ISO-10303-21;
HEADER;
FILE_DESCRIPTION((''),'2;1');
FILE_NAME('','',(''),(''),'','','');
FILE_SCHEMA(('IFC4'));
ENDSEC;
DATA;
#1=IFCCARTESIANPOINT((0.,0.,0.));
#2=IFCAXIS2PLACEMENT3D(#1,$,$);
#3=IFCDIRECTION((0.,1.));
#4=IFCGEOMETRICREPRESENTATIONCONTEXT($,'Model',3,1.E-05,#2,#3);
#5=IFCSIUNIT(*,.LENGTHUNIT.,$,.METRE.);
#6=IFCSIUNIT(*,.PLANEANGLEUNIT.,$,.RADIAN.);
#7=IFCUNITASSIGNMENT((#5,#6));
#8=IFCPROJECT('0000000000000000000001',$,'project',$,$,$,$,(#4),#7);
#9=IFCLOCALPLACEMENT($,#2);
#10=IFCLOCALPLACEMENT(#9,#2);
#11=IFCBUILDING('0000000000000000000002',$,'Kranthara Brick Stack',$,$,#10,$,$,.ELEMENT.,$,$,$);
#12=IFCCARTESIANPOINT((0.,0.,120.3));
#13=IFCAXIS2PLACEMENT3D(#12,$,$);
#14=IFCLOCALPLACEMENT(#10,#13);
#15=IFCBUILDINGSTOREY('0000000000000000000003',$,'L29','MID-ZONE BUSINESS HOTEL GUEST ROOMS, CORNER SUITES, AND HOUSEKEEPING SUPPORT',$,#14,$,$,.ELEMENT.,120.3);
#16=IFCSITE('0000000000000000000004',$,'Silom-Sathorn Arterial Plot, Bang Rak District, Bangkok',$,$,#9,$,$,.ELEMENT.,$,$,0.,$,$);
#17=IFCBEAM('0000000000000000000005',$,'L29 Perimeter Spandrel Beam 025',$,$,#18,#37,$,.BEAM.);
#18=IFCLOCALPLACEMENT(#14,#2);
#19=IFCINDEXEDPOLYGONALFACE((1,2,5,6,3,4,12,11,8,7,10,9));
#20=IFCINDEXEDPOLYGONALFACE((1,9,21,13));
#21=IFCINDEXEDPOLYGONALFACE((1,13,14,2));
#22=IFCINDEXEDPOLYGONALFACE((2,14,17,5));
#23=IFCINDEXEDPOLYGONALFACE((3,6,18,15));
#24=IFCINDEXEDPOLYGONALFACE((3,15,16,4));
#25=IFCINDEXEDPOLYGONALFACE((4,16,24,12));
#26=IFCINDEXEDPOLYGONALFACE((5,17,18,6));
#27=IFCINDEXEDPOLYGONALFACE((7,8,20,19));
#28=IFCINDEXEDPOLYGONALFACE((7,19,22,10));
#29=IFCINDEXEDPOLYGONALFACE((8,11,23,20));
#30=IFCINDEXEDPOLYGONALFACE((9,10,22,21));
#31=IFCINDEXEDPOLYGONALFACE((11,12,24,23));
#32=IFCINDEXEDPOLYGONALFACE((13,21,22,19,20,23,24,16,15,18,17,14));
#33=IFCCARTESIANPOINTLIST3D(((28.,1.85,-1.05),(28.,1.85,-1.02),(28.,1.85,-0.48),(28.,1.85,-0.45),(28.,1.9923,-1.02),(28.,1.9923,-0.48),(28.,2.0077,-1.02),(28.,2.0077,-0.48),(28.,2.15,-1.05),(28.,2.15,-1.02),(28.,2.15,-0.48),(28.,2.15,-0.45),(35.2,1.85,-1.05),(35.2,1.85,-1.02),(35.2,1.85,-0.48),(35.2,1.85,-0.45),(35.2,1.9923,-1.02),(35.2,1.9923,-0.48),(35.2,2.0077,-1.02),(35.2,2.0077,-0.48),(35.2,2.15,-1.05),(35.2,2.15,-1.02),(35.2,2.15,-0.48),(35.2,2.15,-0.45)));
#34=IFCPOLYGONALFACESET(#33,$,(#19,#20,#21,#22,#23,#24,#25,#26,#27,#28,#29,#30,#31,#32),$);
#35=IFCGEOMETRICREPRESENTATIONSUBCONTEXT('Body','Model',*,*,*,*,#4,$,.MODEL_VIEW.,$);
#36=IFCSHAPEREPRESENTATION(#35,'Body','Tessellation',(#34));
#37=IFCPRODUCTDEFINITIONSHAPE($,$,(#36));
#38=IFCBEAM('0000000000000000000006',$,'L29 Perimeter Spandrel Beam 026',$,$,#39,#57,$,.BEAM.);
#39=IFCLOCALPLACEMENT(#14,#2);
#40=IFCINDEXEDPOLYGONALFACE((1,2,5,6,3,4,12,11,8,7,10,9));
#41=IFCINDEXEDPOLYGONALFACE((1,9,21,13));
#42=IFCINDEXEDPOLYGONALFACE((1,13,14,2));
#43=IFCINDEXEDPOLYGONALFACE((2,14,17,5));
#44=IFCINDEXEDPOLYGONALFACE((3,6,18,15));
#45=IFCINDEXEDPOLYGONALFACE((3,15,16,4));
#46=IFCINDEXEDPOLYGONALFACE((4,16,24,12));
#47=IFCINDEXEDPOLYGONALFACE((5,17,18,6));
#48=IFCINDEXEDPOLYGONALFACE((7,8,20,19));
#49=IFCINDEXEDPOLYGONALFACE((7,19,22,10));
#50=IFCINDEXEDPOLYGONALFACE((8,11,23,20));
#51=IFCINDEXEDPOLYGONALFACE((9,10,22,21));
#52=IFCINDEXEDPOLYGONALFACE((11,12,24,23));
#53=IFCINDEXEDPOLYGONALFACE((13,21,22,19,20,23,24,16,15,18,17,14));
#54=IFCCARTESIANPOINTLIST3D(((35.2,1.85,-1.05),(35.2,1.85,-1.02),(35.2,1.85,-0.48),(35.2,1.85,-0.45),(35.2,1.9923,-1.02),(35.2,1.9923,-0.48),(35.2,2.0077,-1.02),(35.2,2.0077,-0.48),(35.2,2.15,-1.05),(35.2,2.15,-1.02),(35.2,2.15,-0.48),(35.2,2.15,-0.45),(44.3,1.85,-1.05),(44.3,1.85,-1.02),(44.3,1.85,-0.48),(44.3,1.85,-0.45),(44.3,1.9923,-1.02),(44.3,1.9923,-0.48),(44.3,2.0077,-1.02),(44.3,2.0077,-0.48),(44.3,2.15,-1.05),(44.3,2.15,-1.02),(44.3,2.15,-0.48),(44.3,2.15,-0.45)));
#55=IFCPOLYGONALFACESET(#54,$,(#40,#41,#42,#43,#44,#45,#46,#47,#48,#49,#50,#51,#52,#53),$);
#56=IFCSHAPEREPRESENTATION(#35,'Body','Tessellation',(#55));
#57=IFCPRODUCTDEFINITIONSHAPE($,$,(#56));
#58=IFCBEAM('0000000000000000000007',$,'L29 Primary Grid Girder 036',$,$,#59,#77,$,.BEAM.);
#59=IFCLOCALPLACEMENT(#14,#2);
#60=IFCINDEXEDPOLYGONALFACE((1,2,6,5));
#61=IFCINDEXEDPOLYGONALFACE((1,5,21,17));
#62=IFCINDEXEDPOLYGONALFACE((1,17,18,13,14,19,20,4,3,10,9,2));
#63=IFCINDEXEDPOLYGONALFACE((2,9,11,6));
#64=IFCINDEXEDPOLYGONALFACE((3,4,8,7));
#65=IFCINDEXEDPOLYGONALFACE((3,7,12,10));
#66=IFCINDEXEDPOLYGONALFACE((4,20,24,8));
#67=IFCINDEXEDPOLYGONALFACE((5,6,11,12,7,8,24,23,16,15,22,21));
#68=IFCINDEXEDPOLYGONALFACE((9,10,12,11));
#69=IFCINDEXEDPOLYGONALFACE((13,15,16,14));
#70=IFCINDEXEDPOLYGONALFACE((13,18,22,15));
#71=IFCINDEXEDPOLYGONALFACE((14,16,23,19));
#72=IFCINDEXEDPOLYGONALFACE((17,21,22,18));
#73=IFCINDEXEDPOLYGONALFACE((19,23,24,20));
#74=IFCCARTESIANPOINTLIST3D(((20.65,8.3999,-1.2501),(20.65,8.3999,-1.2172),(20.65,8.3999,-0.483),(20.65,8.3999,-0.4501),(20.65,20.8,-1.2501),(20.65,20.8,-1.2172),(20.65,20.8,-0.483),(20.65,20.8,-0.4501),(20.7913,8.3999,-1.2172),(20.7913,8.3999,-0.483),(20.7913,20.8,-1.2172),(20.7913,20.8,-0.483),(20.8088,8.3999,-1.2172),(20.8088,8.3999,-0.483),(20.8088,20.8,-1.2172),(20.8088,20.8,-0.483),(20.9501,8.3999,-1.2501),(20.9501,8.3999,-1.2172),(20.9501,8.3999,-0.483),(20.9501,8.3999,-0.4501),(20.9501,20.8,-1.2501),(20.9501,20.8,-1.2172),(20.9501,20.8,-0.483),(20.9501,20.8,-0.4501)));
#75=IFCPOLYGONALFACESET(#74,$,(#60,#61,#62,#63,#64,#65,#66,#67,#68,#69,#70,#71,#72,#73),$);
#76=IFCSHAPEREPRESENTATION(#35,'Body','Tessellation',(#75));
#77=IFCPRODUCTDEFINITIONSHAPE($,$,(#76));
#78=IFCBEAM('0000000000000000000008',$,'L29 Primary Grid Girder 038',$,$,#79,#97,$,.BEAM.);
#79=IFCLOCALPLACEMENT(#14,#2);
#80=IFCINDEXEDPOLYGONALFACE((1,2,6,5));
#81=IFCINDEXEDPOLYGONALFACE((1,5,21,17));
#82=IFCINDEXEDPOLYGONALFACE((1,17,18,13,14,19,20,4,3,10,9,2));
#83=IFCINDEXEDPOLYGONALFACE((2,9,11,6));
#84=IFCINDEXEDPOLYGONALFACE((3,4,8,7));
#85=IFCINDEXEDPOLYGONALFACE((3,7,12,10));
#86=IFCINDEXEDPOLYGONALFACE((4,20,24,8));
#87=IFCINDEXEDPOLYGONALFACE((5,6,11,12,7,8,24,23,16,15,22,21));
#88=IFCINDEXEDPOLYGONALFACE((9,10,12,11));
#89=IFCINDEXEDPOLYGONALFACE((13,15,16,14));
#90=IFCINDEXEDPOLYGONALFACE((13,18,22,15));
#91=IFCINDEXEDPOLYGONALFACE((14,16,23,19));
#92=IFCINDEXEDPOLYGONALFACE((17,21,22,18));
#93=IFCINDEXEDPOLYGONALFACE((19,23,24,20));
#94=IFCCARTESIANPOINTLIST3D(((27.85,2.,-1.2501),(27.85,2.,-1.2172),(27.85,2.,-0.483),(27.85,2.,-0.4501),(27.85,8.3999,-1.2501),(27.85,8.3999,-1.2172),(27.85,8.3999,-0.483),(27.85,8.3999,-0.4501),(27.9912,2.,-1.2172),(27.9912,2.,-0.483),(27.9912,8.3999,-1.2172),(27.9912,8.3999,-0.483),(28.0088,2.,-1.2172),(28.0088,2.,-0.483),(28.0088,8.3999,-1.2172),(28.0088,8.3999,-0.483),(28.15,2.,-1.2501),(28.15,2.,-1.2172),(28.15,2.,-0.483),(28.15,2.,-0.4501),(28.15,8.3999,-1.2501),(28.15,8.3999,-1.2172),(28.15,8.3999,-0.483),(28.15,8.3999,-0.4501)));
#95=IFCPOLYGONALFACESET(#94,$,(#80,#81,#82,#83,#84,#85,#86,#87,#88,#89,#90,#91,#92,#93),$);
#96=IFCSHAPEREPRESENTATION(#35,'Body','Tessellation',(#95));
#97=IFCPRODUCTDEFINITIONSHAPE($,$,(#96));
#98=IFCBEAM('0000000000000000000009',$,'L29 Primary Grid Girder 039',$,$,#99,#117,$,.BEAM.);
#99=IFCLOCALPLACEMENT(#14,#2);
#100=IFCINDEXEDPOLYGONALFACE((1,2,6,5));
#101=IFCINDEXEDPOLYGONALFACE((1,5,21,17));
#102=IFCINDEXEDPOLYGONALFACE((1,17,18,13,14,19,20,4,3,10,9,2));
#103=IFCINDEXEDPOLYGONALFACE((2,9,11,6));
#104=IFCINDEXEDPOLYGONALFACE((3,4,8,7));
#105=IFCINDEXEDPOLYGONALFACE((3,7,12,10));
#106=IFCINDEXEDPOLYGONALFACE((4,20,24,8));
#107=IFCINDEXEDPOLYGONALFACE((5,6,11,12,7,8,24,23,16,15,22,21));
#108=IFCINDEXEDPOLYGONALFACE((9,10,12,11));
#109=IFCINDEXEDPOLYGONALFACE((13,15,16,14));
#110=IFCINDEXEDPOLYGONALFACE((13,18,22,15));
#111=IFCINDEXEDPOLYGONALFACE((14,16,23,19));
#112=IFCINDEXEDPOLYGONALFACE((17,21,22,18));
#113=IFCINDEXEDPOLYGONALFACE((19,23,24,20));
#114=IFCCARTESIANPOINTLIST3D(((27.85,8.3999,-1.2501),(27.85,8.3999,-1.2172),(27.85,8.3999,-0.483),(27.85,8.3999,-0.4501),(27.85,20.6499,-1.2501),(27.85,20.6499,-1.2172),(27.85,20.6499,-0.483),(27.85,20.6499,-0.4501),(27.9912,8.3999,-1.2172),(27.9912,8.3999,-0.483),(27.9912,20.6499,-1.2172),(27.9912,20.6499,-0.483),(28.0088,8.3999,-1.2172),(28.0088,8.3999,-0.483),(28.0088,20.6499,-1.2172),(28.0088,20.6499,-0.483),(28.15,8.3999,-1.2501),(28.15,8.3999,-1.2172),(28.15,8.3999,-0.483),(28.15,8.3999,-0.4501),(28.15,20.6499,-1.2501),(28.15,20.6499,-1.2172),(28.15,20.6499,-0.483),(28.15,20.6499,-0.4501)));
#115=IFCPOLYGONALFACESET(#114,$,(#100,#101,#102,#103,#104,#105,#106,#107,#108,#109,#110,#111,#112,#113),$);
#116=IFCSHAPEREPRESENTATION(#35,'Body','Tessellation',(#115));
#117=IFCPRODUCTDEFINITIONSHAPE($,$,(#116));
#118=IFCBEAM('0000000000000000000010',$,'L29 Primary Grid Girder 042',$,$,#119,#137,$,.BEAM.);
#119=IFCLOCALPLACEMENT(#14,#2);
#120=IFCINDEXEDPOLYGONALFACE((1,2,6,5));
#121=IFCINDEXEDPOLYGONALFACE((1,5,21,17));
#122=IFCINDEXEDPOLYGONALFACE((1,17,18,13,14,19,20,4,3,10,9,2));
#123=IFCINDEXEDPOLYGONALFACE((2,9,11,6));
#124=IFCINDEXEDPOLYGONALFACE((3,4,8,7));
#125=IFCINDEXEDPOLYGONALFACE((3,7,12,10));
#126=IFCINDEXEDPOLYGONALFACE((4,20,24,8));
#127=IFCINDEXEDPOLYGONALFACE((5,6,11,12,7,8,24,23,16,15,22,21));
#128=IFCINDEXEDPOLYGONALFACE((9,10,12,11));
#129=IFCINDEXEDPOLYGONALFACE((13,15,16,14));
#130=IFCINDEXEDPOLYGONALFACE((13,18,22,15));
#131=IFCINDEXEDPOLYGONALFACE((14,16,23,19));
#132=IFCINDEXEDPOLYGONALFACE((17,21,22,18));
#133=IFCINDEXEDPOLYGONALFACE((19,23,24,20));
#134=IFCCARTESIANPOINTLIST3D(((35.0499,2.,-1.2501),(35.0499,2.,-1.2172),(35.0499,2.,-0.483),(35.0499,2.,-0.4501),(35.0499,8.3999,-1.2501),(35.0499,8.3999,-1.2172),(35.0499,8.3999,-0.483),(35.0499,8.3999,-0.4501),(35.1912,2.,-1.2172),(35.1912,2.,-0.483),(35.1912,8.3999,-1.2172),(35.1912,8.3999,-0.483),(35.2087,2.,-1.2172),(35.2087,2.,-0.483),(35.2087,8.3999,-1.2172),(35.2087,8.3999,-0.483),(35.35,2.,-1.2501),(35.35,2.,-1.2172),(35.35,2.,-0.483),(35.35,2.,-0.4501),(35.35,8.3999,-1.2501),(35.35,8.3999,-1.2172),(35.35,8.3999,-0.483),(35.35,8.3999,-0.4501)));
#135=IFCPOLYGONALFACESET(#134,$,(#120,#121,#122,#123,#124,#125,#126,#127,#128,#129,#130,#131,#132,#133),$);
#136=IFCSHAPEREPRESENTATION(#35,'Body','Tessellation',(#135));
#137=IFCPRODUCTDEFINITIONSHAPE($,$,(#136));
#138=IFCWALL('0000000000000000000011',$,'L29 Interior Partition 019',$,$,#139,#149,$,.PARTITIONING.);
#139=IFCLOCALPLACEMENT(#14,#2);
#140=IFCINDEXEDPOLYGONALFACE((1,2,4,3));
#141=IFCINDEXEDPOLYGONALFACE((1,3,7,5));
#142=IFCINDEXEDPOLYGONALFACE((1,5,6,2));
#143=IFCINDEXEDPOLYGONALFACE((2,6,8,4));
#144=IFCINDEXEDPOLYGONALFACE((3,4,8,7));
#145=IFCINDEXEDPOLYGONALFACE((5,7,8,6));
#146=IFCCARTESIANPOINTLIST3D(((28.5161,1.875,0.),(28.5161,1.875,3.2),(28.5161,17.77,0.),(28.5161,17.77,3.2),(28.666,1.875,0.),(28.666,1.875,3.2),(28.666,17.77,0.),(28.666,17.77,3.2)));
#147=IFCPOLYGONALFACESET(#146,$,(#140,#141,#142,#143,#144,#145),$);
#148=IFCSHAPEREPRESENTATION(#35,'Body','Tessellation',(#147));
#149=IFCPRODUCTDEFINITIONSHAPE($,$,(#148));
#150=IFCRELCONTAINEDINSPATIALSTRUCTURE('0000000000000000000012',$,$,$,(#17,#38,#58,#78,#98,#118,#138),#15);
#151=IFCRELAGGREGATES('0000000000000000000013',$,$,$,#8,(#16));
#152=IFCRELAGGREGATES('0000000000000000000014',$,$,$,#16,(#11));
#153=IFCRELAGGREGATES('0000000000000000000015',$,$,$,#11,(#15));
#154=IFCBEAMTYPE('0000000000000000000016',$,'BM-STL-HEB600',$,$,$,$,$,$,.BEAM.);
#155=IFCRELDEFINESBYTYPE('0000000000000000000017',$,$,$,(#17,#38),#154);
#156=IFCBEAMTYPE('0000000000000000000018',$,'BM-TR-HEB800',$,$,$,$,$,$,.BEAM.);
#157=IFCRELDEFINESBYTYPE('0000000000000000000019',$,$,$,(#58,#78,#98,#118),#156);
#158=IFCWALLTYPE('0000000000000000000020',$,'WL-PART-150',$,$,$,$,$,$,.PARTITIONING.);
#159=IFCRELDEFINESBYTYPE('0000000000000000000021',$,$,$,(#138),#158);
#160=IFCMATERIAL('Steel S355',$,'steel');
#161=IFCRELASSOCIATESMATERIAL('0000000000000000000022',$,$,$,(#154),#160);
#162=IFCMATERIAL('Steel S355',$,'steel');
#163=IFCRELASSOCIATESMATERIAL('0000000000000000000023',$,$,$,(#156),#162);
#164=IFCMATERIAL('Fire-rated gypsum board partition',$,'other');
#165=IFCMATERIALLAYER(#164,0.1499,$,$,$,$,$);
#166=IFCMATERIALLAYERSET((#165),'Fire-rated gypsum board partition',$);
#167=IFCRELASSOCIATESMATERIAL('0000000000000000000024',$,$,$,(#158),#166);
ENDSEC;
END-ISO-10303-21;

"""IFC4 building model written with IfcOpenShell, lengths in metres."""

from ifc_helpers import new_model, si_unit, direction, frame, frame_2d, origin, origin_2d, place, context, subcontext, project, spatial, rectangle, i_section, extrude, material, layer, layer_set, material_profile, profile_set, type_object, element, save


model = new_model("IFC4")

# Units and contexts
model_context = context("Model", 3, precision=1e-05, world=origin(), true_north=direction((0.0, 1.0)))
body_context = subcontext(model_context, "Body", "Model", "MODEL_VIEW")
ifc_project = project(units=[si_unit("LENGTHUNIT", "METRE"), si_unit("PLANEANGLEUNIT", "RADIAN")], contexts=[model_context])

# Site, building, storey
site_placement = place(None, origin())
site = spatial("IfcSite", under=ifc_project, at=site_placement, Name="Silom-Sathorn Arterial Plot, Bang Rak District, Bangkok", CompositionType="ELEMENT", RefElevation=0.0)
building_placement = place(site_placement, origin())
building = spatial("IfcBuilding", under=site, at=building_placement, Name="Kranthara Brick Stack", CompositionType="ELEMENT")
storey_placement = place(building_placement, frame((0.0, 0.0, 120.3)))
storey = spatial("IfcBuildingStorey", under=building, at=storey_placement, Name="L29", Description="MID-ZONE BUSINESS HOTEL GUEST ROOMS, CORNER SUITES, AND HOUSEKEEPING SUPPORT", CompositionType="ELEMENT", Elevation=120.3)

# Beams
ifc_material_1 = material(Name="Steel S355", Category="steel")
ifc_material_profile_1 = material_profile(ifc_material_1, i_section(OverallWidth=0.3, OverallDepth=0.6001, WebThickness=0.0154, FlangeThickness=0.03, at=origin_2d()), Name="HEB 600")
ifc_profile_set_1 = profile_set([ifc_material_profile_1], Name="Steel S355")
beam_type_1 = type_object("IfcBeamType", Name="BM-STL-HEB600", PredefinedType="BEAM", material=ifc_profile_set_1)
for number, where, z_axis, x_axis, name in (
    (1, (28.0, 2.0, -0.75), (1.0, 0.0, 0.0), (0.0, 1.0, 0.0), "L29 Perimeter Spandrel Beam 025"),
):
    element("IfcBeam", number, at=place(storey_placement, frame(where, z_axis=z_axis, x_axis=x_axis)), inside=storey, type_object=beam_type_1, Name=name, PredefinedType="BEAM", context=body_context, shape_type="SweptSolid", body=[
        extrude(i_section(OverallWidth=0.3, OverallDepth=0.6001, WebThickness=0.0154, FlangeThickness=0.03, at=origin_2d()), origin(), (0.0, 0.0, 1.0), 7.2),
    ])
beam_1_placement = place(storey_placement, frame((35.2, 2.0, -0.75), z_axis=(1.0, 0.0, 0.0), x_axis=(0.0, 1.0, 0.0)))
element("IfcBeam", 2, at=beam_1_placement, inside=storey, type_object=beam_type_1, Name="L29 Perimeter Spandrel Beam 026", PredefinedType="BEAM", context=body_context, shape_type="SweptSolid", body=[
    extrude(i_section(OverallWidth=0.3, OverallDepth=0.6001, WebThickness=0.0154, FlangeThickness=0.03, at=origin_2d()), origin(), (0.0, 0.0, 1.0), 9.1001),
])
ifc_material_2 = material(Name="Steel S355", Category="steel")
ifc_material_profile_2 = material_profile(ifc_material_2, i_section(OverallWidth=0.3, OverallDepth=0.8, WebThickness=0.0176, FlangeThickness=0.033, at=origin_2d()), Name="HEB 800")
ifc_profile_set_2 = profile_set([ifc_material_profile_2], Name="Steel S355")
beam_type_2 = type_object("IfcBeamType", Name="BM-TR-HEB800", PredefinedType="BEAM", material=ifc_profile_set_2)
beam_2_placement = place(storey_placement, frame((20.8, 8.3999, -0.8501), z_axis=(0.0, 1.0, 0.0), x_axis=(-1.0, 0.0, 0.0)))
element("IfcBeam", 3, at=beam_2_placement, inside=storey, type_object=beam_type_2, Name="L29 Primary Grid Girder 036", PredefinedType="BEAM", context=body_context, shape_type="SweptSolid", body=[
    extrude(i_section(OverallWidth=0.3, OverallDepth=0.8, WebThickness=0.0176, FlangeThickness=0.033, at=origin_2d()), origin(), (0.0, 0.0, 1.0), 12.4001),
])
beam_3_placement = place(storey_placement, frame((28.0, 2.0, -0.8501), z_axis=(0.0, 1.0, 0.0), x_axis=(-1.0, 0.0, 0.0)))
element("IfcBeam", 4, at=beam_3_placement, inside=storey, type_object=beam_type_2, Name="L29 Primary Grid Girder 038", PredefinedType="BEAM", context=body_context, shape_type="SweptSolid", body=[
    extrude(i_section(OverallWidth=0.3, OverallDepth=0.8, WebThickness=0.0176, FlangeThickness=0.033, at=origin_2d()), origin(), (0.0, 0.0, 1.0), 6.3999),
])
beam_4_placement = place(storey_placement, frame((28.0, 8.3999, -0.8501), z_axis=(0.0, 1.0, 0.0), x_axis=(-1.0, 0.0, 0.0)))
element("IfcBeam", 5, at=beam_4_placement, inside=storey, type_object=beam_type_2, Name="L29 Primary Grid Girder 039", PredefinedType="BEAM", context=body_context, shape_type="SweptSolid", body=[
    extrude(i_section(OverallWidth=0.3, OverallDepth=0.8, WebThickness=0.0176, FlangeThickness=0.033, at=origin_2d()), origin(), (0.0, 0.0, 1.0), 12.25),
])
beam_5_placement = place(storey_placement, frame((35.2, 2.0, -0.8501), z_axis=(0.0, 1.0, 0.0), x_axis=(-1.0, 0.0, 0.0)))
element("IfcBeam", 6, at=beam_5_placement, inside=storey, type_object=beam_type_2, Name="L29 Primary Grid Girder 042", PredefinedType="BEAM", context=body_context, shape_type="SweptSolid", body=[
    extrude(i_section(OverallWidth=0.3, OverallDepth=0.8, WebThickness=0.0176, FlangeThickness=0.033, at=origin_2d()), origin(), (0.0, 0.0, 1.0), 6.3999),
])

# Wall
ifc_material_3 = material(Name="Fire-rated gypsum board partition", Category="other")
ifc_layer = layer(ifc_material_3, 0.1499)
ifc_layer_set = layer_set([ifc_layer], Name="Fire-rated gypsum board partition")
wall_type = type_object("IfcWallType", Name="WL-PART-150", PredefinedType="PARTITIONING", material=ifc_layer_set)
wall_placement = place(storey_placement, frame((28.5911, 1.875, 0.0), z_axis=(0.0, 0.0, 1.0), x_axis=(0.0, 1.0, 0.0)))
element("IfcWall", 7, at=wall_placement, inside=storey, type_object=wall_type, Name="L29 Interior Partition 019", PredefinedType="PARTITIONING", context=body_context, shape_type="SweptSolid", body=[
    extrude(rectangle(XDim=15.895, YDim=0.1499, at=frame_2d((7.9475, 0.0))), origin(), (0.0, 0.0, 1.0), 3.2),
])

save(model, "model.ifc")
